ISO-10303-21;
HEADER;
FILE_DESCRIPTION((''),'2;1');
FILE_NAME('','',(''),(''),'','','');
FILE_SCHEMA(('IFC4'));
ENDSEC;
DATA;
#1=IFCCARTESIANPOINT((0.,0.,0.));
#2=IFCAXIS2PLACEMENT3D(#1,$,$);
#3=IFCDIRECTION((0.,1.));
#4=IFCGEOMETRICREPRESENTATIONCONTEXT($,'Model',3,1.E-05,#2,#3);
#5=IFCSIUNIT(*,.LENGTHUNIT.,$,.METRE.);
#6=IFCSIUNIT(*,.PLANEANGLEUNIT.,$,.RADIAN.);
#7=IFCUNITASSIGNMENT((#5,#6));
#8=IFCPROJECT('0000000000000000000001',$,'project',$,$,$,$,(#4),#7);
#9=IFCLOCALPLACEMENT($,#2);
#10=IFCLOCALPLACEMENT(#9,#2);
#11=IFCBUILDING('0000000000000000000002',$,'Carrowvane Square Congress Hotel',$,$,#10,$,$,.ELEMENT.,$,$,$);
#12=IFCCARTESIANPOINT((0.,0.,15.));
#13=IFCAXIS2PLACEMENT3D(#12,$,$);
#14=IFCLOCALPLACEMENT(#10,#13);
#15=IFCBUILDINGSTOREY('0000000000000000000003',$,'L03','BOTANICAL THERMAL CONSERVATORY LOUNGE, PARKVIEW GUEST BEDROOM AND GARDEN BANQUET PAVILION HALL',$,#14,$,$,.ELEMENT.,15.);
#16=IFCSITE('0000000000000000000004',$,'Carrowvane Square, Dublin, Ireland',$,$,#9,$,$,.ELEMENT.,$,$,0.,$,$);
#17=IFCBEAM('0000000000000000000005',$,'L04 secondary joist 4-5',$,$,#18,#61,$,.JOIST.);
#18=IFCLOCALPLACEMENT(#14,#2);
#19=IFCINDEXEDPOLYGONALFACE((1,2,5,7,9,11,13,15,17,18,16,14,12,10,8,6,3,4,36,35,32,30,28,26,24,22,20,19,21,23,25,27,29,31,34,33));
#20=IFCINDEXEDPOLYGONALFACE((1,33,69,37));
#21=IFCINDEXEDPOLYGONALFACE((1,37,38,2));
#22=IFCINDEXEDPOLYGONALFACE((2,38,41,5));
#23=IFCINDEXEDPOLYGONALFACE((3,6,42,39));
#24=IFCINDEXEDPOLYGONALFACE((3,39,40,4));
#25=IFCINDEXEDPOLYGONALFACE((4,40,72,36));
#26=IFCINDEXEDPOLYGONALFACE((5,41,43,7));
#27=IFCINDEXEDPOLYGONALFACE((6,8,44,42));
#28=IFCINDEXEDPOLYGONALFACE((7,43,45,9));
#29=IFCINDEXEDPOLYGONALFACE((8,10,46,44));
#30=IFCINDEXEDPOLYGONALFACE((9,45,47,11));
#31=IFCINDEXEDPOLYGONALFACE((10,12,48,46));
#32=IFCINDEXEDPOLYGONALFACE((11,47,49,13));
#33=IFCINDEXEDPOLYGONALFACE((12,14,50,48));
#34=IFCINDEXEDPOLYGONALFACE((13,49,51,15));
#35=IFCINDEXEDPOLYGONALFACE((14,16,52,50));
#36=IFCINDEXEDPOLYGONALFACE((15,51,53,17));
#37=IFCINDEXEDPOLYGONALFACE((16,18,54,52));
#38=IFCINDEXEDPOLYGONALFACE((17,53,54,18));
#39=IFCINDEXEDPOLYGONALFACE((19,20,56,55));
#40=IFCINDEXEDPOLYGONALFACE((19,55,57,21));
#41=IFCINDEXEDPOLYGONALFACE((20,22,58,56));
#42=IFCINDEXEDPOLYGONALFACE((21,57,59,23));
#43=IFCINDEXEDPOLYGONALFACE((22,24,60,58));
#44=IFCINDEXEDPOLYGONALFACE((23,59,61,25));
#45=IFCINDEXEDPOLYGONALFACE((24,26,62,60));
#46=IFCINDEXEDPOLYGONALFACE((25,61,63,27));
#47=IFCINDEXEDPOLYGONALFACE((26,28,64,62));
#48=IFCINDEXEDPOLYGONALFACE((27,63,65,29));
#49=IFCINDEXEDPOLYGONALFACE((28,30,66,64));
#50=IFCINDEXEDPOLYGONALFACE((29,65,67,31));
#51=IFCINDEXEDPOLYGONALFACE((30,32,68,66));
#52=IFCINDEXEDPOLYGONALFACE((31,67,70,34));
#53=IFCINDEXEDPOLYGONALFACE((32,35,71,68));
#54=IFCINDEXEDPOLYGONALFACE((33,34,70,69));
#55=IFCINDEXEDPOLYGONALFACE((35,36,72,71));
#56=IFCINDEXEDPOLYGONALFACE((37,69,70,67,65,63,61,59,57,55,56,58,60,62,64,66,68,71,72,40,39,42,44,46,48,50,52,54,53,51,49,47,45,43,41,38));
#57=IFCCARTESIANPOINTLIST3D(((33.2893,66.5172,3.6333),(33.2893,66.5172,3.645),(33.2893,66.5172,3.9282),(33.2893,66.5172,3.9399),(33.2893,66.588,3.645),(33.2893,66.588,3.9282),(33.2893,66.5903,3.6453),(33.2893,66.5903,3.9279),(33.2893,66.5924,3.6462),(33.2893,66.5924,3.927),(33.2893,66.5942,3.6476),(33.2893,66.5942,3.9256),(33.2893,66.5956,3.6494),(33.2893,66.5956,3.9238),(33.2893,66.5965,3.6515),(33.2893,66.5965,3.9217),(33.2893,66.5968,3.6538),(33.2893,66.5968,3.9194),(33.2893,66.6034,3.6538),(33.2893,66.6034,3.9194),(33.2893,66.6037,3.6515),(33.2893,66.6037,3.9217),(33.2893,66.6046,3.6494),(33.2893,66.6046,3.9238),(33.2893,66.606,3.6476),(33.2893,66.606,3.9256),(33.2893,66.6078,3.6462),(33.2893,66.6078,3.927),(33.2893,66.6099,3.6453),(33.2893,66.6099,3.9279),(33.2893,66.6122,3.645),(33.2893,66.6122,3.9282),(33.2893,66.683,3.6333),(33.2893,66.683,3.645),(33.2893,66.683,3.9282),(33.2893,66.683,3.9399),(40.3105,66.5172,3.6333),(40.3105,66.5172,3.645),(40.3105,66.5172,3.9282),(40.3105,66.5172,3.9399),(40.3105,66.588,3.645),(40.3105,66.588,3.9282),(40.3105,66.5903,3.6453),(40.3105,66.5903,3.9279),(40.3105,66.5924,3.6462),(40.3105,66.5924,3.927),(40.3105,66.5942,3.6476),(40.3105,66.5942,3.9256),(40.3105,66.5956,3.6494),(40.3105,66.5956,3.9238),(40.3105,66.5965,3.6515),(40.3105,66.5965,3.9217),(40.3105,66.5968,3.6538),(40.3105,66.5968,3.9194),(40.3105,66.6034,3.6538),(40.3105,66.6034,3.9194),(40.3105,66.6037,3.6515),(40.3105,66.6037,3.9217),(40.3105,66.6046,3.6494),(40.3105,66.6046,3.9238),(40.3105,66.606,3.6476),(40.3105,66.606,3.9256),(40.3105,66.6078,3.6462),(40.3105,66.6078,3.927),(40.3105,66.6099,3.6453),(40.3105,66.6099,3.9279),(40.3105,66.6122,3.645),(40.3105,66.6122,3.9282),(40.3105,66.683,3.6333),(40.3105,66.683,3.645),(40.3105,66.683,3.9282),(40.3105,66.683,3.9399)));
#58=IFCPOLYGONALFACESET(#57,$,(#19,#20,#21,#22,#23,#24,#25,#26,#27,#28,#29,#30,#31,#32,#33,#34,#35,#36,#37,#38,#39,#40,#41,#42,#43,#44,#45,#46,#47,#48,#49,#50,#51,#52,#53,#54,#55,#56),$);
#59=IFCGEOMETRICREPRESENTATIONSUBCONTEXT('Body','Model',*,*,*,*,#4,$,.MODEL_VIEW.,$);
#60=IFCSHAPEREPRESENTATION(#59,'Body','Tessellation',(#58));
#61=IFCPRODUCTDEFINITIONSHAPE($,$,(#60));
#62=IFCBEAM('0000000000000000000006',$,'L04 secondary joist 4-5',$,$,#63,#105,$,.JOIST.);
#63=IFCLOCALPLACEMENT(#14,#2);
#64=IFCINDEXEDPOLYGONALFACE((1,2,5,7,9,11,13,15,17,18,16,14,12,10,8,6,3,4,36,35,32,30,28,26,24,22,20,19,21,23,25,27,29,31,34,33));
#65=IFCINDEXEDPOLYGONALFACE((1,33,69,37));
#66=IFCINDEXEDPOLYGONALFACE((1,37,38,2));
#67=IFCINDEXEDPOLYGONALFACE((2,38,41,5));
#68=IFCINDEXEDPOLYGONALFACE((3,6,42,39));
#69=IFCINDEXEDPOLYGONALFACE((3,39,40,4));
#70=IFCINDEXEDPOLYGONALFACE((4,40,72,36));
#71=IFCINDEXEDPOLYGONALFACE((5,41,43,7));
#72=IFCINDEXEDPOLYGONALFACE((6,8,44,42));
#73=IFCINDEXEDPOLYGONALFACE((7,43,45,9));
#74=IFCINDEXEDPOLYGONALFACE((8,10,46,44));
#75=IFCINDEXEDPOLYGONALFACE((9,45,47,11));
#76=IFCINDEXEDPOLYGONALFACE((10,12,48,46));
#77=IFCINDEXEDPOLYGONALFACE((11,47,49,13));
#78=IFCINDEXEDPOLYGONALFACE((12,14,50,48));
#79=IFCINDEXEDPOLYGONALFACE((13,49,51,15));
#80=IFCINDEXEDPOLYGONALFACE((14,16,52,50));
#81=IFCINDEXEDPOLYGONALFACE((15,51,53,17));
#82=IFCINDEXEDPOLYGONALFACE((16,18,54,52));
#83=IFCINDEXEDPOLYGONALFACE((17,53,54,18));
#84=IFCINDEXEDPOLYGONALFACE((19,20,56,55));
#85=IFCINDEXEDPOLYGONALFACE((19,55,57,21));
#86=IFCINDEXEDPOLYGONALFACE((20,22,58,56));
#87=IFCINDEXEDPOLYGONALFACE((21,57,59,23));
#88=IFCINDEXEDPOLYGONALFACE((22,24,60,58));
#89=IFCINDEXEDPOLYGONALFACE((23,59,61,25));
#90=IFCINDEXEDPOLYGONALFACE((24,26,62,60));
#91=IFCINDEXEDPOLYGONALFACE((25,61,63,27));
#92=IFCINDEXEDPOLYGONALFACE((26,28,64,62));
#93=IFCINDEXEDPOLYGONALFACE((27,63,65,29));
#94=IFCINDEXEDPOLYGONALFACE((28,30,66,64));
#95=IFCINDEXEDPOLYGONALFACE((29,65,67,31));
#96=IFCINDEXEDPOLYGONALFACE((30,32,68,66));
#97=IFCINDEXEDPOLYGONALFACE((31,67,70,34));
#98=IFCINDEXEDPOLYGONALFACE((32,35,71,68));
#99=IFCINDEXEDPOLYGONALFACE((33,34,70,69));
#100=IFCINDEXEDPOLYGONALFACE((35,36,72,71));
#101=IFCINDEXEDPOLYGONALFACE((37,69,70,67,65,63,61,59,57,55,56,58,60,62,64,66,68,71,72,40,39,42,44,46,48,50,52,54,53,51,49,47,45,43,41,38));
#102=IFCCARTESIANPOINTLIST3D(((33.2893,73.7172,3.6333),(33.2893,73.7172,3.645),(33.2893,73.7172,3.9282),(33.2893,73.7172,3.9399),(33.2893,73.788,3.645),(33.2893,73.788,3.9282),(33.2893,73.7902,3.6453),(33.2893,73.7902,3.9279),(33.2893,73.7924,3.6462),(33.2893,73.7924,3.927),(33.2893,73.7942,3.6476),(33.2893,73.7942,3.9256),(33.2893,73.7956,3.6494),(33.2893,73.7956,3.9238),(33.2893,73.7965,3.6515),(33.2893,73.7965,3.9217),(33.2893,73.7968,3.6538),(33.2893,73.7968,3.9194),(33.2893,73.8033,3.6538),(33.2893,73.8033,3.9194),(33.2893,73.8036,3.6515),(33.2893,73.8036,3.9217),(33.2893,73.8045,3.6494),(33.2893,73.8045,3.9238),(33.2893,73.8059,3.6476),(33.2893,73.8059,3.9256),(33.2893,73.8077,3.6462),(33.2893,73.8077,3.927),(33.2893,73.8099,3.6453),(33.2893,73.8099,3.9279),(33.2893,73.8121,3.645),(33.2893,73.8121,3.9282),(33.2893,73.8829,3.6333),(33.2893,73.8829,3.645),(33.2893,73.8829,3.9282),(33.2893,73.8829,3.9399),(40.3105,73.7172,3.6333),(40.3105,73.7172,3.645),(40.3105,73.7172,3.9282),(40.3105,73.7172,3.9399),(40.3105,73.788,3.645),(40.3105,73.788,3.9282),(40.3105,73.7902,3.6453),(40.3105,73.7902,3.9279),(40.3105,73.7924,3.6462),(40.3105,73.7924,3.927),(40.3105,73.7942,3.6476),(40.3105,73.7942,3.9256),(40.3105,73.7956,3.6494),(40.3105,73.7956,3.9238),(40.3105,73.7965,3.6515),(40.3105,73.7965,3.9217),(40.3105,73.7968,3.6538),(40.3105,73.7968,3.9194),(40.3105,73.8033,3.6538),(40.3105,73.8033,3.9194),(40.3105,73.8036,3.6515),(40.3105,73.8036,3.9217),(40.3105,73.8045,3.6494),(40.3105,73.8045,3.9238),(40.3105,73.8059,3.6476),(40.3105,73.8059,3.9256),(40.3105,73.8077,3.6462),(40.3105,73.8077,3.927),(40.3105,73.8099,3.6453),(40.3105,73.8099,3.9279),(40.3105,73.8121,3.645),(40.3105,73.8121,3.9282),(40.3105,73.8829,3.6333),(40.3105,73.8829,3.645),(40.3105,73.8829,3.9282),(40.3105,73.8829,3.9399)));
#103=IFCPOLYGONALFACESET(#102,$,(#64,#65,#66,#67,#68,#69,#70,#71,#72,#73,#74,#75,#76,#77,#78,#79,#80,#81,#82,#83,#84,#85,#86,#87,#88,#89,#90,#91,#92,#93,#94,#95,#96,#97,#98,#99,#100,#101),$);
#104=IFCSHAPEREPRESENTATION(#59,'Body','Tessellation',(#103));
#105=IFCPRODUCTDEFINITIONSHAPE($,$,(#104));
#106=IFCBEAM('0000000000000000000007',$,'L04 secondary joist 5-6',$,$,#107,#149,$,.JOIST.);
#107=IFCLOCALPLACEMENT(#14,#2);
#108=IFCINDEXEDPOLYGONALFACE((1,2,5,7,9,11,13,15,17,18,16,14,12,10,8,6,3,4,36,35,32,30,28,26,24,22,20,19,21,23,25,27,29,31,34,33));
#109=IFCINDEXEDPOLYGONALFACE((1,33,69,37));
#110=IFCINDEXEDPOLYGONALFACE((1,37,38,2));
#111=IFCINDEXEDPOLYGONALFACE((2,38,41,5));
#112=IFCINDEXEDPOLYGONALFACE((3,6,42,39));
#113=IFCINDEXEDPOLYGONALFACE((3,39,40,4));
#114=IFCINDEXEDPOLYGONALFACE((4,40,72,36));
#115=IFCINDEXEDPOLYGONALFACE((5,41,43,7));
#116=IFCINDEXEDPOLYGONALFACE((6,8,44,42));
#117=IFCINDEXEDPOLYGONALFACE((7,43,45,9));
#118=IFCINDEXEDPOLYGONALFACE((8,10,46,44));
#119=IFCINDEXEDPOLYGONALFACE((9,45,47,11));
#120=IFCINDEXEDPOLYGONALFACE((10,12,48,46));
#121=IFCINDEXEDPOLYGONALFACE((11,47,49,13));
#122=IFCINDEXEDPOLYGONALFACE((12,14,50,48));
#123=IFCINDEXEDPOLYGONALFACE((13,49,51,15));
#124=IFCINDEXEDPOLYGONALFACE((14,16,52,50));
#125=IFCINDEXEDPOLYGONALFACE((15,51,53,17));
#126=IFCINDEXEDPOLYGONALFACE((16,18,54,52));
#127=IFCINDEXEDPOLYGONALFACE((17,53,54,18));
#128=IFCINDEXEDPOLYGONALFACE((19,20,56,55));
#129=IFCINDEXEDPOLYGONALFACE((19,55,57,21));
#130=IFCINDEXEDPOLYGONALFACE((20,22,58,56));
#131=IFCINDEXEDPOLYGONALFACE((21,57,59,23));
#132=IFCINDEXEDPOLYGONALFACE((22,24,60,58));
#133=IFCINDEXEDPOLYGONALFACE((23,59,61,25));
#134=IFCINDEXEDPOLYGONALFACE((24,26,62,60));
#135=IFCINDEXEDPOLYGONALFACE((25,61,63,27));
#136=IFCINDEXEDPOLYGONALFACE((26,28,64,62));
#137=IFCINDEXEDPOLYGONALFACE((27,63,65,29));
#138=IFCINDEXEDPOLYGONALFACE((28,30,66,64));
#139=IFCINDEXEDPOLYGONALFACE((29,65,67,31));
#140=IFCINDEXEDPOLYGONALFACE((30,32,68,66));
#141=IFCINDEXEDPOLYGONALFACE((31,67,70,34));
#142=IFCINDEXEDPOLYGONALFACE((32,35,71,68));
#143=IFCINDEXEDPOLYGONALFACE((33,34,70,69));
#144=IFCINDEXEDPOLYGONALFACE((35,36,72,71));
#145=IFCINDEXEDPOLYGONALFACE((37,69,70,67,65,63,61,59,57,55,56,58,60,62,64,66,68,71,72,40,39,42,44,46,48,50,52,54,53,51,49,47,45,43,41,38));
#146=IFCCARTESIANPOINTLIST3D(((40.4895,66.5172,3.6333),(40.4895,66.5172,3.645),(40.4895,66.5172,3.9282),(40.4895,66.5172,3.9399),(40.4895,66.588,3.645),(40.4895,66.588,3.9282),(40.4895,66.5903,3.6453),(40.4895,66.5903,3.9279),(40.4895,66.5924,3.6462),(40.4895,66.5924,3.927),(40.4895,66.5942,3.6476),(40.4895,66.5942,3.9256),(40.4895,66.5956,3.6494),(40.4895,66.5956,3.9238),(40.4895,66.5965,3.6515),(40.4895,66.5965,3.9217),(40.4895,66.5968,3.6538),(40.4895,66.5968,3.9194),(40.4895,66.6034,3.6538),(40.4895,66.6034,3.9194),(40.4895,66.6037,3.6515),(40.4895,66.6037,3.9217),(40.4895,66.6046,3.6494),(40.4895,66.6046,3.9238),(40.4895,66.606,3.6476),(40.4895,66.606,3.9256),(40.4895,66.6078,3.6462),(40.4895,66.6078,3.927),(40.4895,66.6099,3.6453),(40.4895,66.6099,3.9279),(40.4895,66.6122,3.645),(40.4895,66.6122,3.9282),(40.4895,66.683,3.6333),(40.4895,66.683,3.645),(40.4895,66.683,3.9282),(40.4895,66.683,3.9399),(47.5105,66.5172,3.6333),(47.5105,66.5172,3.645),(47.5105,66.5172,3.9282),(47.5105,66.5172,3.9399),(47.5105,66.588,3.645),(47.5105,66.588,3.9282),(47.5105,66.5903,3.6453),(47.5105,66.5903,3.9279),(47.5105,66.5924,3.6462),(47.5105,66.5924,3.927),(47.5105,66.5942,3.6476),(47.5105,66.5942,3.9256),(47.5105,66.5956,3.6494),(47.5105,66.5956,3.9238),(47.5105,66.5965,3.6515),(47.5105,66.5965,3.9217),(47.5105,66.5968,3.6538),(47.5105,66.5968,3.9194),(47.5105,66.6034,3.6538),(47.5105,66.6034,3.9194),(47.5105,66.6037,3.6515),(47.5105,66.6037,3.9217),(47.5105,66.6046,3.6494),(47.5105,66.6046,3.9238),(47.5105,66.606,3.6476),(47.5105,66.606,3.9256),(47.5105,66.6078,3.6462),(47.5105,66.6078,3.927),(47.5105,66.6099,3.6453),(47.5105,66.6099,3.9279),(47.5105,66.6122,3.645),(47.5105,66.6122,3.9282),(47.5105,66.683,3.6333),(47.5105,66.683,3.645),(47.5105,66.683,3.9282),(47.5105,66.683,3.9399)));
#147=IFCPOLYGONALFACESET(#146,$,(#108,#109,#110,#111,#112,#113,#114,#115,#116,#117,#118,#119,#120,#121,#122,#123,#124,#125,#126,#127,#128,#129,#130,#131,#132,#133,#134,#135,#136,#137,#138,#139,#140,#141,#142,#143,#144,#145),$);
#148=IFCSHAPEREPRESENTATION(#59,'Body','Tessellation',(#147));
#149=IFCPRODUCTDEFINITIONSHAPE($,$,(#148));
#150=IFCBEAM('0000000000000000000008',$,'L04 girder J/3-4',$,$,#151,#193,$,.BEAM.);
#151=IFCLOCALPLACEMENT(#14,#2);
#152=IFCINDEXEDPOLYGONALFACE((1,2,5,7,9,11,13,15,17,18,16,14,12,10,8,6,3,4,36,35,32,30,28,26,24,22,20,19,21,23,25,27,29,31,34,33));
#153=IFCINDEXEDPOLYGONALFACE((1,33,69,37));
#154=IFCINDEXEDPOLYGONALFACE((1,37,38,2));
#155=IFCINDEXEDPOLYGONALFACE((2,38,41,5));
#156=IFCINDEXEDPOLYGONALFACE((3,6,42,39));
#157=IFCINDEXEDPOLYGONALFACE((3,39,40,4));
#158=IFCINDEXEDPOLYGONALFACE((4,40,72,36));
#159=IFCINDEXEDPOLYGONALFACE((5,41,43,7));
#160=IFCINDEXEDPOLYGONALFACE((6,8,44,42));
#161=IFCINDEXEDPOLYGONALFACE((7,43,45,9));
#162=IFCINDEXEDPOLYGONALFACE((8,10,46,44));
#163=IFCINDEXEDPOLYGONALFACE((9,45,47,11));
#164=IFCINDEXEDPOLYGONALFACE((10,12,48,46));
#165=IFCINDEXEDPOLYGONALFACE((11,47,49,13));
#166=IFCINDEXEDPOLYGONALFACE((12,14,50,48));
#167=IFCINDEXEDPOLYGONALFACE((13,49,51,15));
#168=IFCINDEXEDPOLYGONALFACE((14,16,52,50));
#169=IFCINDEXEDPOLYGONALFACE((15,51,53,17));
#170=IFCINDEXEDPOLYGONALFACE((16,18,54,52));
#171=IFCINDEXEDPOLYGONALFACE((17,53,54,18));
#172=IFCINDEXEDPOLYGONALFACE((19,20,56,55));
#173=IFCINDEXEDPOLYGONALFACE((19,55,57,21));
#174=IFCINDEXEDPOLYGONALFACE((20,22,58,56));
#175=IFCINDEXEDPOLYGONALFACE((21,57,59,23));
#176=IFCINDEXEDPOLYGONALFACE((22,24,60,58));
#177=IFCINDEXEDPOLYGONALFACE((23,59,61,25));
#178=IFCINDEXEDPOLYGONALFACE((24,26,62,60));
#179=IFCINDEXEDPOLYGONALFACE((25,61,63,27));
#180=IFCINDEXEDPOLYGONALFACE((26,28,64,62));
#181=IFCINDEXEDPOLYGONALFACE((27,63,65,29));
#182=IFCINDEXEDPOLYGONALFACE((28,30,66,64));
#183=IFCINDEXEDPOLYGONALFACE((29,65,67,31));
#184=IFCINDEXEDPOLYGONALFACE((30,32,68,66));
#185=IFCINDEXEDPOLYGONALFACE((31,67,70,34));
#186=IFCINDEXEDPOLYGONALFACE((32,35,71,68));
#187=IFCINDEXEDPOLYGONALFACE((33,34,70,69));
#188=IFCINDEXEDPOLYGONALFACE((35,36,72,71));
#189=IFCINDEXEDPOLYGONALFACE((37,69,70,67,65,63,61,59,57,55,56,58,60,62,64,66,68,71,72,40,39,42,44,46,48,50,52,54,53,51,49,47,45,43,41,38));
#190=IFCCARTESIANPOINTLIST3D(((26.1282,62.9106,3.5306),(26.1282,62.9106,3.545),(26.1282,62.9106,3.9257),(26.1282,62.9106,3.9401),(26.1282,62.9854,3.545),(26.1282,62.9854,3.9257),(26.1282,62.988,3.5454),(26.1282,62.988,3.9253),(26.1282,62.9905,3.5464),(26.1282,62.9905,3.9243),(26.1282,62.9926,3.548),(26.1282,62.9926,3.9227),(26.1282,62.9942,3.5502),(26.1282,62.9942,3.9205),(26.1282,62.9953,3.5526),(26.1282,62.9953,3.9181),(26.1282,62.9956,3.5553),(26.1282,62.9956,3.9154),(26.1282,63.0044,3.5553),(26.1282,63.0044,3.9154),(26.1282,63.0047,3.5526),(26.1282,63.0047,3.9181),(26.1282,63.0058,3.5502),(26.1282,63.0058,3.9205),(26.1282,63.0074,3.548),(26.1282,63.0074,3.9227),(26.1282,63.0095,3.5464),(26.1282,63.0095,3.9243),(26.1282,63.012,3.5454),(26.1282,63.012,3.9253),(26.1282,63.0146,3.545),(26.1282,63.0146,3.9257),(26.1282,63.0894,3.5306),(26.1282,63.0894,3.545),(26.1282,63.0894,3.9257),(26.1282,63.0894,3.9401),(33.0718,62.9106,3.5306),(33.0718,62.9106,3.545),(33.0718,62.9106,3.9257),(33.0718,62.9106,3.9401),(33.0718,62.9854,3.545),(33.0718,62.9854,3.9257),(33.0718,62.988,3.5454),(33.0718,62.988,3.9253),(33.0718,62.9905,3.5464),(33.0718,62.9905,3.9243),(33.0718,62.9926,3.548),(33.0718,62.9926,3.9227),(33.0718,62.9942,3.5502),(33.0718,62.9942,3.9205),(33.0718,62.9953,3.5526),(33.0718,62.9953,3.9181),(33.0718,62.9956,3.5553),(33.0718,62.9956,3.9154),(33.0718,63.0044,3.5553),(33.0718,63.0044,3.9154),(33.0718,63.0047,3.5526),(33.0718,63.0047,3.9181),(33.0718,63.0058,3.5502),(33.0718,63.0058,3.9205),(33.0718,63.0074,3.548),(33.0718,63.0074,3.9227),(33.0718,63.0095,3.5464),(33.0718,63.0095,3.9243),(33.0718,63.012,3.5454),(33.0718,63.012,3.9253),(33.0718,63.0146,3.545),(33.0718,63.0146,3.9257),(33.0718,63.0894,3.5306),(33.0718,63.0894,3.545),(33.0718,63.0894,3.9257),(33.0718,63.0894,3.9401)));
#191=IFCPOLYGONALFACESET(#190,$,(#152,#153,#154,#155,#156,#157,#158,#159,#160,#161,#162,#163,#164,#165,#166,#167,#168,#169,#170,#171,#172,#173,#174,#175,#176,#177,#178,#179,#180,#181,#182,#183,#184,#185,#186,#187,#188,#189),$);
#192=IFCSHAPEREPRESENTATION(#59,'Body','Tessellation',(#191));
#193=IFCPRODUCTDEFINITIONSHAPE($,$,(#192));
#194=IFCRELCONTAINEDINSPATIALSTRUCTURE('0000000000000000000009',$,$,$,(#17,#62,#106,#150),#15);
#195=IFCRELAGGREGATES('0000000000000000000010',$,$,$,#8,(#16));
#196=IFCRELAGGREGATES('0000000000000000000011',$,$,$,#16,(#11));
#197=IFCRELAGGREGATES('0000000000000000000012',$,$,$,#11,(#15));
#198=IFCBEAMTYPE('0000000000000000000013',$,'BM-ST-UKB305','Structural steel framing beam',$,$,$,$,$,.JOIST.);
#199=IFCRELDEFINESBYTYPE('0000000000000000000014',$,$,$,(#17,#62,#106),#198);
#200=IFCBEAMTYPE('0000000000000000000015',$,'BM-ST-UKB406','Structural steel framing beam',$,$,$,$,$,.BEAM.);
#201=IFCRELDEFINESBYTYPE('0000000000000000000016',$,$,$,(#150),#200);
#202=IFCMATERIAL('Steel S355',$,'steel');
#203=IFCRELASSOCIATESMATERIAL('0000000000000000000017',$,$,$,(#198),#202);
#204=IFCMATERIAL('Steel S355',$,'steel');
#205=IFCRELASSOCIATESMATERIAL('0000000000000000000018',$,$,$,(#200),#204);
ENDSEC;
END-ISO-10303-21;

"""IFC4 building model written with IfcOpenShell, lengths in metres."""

from ifc_helpers import new_model, si_unit, direction, frame, origin, origin_2d, place, context, subcontext, project, spatial, i_section, extrude, material, material_profile, profile_set, type_object, element, save


model = new_model("IFC4")

# Units and contexts
model_context = context("Model", 3, precision=1e-05, world=origin(), true_north=direction((0.0, 1.0)))
body_context = subcontext(model_context, "Body", "Model", "MODEL_VIEW")
ifc_project = project(units=[si_unit("LENGTHUNIT", "METRE"), si_unit("PLANEANGLEUNIT", "RADIAN")], contexts=[model_context])

# Site, building, storey
site_placement = place(None, origin())
site = spatial("IfcSite", under=ifc_project, at=site_placement, Name="Carrowvane Square, Dublin, Ireland", CompositionType="ELEMENT", RefElevation=0.0)
building_placement = place(site_placement, origin())
building = spatial("IfcBuilding", under=site, at=building_placement, Name="Carrowvane Square Congress Hotel", CompositionType="ELEMENT")
storey_placement = place(building_placement, frame((0.0, 0.0, 15.0)))
storey = spatial("IfcBuildingStorey", under=building, at=storey_placement, Name="L03", Description="BOTANICAL THERMAL CONSERVATORY LOUNGE, PARKVIEW GUEST BEDROOM AND GARDEN BANQUET PAVILION HALL", CompositionType="ELEMENT", Elevation=15.0)

# Beams
ifc_material_1 = material(Name="Steel S355", Category="steel")
ifc_material_profile_1 = material_profile(ifc_material_1, i_section(OverallWidth=0.1658, OverallDepth=0.3066, WebThickness=0.0066, FlangeThickness=0.0117, FilletRadius=0.0088, at=origin_2d()), Name="UKB 305x165x46")
ifc_profile_set_1 = profile_set([ifc_material_profile_1], Name="Steel S355")
beam_type_1 = type_object("IfcBeamType", Name="BM-ST-UKB305", Description="Structural steel framing beam", PredefinedType="JOIST", material=ifc_profile_set_1)
for number, where, z_axis, x_axis, name in (
    (1, (33.2893, 66.6001, 3.7866), (1.0, 0.0, 0.0), (0.0, 1.0, 0.0), "L04 secondary joist 4-5"),
    (2, (33.2893, 73.8, 3.7866), (1.0, 0.0, 0.0), (0.0, 1.0, 0.0), "L04 secondary joist 4-5"),
):
    element("IfcBeam", number, at=place(storey_placement, frame(where, z_axis=z_axis, x_axis=x_axis)), inside=storey, type_object=beam_type_1, Name=name, PredefinedType="JOIST", context=body_context, shape_type="SweptSolid", body=[
        extrude(i_section(OverallWidth=0.1658, OverallDepth=0.3066, WebThickness=0.0066, FlangeThickness=0.0117, FilletRadius=0.0088, at=origin_2d()), origin(), (0.0, 0.0, 1.0), 7.0212),
    ])
beam_placement = place(storey_placement, frame((40.4895, 66.6001, 3.7866), z_axis=(1.0, 0.0, 0.0), x_axis=(0.0, 1.0, 0.0)))
element("IfcBeam", 3, at=beam_placement, inside=storey, type_object=beam_type_1, Name="L04 secondary joist 5-6", PredefinedType="JOIST", context=body_context, shape_type="SweptSolid", body=[
    extrude(i_section(OverallWidth=0.1658, OverallDepth=0.3066, WebThickness=0.0066, FlangeThickness=0.0117, FilletRadius=0.0088, at=origin_2d()), origin(), (0.0, 0.0, 1.0), 7.021),
])
ifc_material_2 = material(Name="Steel S355", Category="steel")
ifc_material_profile_2 = material_profile(ifc_material_2, i_section(OverallWidth=0.1787, OverallDepth=0.4094, WebThickness=0.0088, FlangeThickness=0.0144, FilletRadius=0.0103, at=origin_2d()), Name="UKB 406x178x67")
ifc_profile_set_2 = profile_set([ifc_material_profile_2], Name="Steel S355")
beam_type_2 = type_object("IfcBeamType", Name="BM-ST-UKB406", Description="Structural steel framing beam", PredefinedType="BEAM", material=ifc_profile_set_2)
for number, where, z_axis, x_axis, name in (
    (4, (26.1282, 63.0, 3.7354), (1.0, 0.0, 0.0), (0.0, 1.0, 0.0), "L04 girder J/3-4"),
):
    element("IfcBeam", number, at=place(storey_placement, frame(where, z_axis=z_axis, x_axis=x_axis)), inside=storey, type_object=beam_type_2, Name=name, PredefinedType="BEAM", context=body_context, shape_type="SweptSolid", body=[
        extrude(i_section(OverallWidth=0.1787, OverallDepth=0.4094, WebThickness=0.0088, FlangeThickness=0.0144, FilletRadius=0.0103, at=origin_2d()), origin(), (0.0, 0.0, 1.0), 6.9436),
    ])

save(model, "model.ifc")
